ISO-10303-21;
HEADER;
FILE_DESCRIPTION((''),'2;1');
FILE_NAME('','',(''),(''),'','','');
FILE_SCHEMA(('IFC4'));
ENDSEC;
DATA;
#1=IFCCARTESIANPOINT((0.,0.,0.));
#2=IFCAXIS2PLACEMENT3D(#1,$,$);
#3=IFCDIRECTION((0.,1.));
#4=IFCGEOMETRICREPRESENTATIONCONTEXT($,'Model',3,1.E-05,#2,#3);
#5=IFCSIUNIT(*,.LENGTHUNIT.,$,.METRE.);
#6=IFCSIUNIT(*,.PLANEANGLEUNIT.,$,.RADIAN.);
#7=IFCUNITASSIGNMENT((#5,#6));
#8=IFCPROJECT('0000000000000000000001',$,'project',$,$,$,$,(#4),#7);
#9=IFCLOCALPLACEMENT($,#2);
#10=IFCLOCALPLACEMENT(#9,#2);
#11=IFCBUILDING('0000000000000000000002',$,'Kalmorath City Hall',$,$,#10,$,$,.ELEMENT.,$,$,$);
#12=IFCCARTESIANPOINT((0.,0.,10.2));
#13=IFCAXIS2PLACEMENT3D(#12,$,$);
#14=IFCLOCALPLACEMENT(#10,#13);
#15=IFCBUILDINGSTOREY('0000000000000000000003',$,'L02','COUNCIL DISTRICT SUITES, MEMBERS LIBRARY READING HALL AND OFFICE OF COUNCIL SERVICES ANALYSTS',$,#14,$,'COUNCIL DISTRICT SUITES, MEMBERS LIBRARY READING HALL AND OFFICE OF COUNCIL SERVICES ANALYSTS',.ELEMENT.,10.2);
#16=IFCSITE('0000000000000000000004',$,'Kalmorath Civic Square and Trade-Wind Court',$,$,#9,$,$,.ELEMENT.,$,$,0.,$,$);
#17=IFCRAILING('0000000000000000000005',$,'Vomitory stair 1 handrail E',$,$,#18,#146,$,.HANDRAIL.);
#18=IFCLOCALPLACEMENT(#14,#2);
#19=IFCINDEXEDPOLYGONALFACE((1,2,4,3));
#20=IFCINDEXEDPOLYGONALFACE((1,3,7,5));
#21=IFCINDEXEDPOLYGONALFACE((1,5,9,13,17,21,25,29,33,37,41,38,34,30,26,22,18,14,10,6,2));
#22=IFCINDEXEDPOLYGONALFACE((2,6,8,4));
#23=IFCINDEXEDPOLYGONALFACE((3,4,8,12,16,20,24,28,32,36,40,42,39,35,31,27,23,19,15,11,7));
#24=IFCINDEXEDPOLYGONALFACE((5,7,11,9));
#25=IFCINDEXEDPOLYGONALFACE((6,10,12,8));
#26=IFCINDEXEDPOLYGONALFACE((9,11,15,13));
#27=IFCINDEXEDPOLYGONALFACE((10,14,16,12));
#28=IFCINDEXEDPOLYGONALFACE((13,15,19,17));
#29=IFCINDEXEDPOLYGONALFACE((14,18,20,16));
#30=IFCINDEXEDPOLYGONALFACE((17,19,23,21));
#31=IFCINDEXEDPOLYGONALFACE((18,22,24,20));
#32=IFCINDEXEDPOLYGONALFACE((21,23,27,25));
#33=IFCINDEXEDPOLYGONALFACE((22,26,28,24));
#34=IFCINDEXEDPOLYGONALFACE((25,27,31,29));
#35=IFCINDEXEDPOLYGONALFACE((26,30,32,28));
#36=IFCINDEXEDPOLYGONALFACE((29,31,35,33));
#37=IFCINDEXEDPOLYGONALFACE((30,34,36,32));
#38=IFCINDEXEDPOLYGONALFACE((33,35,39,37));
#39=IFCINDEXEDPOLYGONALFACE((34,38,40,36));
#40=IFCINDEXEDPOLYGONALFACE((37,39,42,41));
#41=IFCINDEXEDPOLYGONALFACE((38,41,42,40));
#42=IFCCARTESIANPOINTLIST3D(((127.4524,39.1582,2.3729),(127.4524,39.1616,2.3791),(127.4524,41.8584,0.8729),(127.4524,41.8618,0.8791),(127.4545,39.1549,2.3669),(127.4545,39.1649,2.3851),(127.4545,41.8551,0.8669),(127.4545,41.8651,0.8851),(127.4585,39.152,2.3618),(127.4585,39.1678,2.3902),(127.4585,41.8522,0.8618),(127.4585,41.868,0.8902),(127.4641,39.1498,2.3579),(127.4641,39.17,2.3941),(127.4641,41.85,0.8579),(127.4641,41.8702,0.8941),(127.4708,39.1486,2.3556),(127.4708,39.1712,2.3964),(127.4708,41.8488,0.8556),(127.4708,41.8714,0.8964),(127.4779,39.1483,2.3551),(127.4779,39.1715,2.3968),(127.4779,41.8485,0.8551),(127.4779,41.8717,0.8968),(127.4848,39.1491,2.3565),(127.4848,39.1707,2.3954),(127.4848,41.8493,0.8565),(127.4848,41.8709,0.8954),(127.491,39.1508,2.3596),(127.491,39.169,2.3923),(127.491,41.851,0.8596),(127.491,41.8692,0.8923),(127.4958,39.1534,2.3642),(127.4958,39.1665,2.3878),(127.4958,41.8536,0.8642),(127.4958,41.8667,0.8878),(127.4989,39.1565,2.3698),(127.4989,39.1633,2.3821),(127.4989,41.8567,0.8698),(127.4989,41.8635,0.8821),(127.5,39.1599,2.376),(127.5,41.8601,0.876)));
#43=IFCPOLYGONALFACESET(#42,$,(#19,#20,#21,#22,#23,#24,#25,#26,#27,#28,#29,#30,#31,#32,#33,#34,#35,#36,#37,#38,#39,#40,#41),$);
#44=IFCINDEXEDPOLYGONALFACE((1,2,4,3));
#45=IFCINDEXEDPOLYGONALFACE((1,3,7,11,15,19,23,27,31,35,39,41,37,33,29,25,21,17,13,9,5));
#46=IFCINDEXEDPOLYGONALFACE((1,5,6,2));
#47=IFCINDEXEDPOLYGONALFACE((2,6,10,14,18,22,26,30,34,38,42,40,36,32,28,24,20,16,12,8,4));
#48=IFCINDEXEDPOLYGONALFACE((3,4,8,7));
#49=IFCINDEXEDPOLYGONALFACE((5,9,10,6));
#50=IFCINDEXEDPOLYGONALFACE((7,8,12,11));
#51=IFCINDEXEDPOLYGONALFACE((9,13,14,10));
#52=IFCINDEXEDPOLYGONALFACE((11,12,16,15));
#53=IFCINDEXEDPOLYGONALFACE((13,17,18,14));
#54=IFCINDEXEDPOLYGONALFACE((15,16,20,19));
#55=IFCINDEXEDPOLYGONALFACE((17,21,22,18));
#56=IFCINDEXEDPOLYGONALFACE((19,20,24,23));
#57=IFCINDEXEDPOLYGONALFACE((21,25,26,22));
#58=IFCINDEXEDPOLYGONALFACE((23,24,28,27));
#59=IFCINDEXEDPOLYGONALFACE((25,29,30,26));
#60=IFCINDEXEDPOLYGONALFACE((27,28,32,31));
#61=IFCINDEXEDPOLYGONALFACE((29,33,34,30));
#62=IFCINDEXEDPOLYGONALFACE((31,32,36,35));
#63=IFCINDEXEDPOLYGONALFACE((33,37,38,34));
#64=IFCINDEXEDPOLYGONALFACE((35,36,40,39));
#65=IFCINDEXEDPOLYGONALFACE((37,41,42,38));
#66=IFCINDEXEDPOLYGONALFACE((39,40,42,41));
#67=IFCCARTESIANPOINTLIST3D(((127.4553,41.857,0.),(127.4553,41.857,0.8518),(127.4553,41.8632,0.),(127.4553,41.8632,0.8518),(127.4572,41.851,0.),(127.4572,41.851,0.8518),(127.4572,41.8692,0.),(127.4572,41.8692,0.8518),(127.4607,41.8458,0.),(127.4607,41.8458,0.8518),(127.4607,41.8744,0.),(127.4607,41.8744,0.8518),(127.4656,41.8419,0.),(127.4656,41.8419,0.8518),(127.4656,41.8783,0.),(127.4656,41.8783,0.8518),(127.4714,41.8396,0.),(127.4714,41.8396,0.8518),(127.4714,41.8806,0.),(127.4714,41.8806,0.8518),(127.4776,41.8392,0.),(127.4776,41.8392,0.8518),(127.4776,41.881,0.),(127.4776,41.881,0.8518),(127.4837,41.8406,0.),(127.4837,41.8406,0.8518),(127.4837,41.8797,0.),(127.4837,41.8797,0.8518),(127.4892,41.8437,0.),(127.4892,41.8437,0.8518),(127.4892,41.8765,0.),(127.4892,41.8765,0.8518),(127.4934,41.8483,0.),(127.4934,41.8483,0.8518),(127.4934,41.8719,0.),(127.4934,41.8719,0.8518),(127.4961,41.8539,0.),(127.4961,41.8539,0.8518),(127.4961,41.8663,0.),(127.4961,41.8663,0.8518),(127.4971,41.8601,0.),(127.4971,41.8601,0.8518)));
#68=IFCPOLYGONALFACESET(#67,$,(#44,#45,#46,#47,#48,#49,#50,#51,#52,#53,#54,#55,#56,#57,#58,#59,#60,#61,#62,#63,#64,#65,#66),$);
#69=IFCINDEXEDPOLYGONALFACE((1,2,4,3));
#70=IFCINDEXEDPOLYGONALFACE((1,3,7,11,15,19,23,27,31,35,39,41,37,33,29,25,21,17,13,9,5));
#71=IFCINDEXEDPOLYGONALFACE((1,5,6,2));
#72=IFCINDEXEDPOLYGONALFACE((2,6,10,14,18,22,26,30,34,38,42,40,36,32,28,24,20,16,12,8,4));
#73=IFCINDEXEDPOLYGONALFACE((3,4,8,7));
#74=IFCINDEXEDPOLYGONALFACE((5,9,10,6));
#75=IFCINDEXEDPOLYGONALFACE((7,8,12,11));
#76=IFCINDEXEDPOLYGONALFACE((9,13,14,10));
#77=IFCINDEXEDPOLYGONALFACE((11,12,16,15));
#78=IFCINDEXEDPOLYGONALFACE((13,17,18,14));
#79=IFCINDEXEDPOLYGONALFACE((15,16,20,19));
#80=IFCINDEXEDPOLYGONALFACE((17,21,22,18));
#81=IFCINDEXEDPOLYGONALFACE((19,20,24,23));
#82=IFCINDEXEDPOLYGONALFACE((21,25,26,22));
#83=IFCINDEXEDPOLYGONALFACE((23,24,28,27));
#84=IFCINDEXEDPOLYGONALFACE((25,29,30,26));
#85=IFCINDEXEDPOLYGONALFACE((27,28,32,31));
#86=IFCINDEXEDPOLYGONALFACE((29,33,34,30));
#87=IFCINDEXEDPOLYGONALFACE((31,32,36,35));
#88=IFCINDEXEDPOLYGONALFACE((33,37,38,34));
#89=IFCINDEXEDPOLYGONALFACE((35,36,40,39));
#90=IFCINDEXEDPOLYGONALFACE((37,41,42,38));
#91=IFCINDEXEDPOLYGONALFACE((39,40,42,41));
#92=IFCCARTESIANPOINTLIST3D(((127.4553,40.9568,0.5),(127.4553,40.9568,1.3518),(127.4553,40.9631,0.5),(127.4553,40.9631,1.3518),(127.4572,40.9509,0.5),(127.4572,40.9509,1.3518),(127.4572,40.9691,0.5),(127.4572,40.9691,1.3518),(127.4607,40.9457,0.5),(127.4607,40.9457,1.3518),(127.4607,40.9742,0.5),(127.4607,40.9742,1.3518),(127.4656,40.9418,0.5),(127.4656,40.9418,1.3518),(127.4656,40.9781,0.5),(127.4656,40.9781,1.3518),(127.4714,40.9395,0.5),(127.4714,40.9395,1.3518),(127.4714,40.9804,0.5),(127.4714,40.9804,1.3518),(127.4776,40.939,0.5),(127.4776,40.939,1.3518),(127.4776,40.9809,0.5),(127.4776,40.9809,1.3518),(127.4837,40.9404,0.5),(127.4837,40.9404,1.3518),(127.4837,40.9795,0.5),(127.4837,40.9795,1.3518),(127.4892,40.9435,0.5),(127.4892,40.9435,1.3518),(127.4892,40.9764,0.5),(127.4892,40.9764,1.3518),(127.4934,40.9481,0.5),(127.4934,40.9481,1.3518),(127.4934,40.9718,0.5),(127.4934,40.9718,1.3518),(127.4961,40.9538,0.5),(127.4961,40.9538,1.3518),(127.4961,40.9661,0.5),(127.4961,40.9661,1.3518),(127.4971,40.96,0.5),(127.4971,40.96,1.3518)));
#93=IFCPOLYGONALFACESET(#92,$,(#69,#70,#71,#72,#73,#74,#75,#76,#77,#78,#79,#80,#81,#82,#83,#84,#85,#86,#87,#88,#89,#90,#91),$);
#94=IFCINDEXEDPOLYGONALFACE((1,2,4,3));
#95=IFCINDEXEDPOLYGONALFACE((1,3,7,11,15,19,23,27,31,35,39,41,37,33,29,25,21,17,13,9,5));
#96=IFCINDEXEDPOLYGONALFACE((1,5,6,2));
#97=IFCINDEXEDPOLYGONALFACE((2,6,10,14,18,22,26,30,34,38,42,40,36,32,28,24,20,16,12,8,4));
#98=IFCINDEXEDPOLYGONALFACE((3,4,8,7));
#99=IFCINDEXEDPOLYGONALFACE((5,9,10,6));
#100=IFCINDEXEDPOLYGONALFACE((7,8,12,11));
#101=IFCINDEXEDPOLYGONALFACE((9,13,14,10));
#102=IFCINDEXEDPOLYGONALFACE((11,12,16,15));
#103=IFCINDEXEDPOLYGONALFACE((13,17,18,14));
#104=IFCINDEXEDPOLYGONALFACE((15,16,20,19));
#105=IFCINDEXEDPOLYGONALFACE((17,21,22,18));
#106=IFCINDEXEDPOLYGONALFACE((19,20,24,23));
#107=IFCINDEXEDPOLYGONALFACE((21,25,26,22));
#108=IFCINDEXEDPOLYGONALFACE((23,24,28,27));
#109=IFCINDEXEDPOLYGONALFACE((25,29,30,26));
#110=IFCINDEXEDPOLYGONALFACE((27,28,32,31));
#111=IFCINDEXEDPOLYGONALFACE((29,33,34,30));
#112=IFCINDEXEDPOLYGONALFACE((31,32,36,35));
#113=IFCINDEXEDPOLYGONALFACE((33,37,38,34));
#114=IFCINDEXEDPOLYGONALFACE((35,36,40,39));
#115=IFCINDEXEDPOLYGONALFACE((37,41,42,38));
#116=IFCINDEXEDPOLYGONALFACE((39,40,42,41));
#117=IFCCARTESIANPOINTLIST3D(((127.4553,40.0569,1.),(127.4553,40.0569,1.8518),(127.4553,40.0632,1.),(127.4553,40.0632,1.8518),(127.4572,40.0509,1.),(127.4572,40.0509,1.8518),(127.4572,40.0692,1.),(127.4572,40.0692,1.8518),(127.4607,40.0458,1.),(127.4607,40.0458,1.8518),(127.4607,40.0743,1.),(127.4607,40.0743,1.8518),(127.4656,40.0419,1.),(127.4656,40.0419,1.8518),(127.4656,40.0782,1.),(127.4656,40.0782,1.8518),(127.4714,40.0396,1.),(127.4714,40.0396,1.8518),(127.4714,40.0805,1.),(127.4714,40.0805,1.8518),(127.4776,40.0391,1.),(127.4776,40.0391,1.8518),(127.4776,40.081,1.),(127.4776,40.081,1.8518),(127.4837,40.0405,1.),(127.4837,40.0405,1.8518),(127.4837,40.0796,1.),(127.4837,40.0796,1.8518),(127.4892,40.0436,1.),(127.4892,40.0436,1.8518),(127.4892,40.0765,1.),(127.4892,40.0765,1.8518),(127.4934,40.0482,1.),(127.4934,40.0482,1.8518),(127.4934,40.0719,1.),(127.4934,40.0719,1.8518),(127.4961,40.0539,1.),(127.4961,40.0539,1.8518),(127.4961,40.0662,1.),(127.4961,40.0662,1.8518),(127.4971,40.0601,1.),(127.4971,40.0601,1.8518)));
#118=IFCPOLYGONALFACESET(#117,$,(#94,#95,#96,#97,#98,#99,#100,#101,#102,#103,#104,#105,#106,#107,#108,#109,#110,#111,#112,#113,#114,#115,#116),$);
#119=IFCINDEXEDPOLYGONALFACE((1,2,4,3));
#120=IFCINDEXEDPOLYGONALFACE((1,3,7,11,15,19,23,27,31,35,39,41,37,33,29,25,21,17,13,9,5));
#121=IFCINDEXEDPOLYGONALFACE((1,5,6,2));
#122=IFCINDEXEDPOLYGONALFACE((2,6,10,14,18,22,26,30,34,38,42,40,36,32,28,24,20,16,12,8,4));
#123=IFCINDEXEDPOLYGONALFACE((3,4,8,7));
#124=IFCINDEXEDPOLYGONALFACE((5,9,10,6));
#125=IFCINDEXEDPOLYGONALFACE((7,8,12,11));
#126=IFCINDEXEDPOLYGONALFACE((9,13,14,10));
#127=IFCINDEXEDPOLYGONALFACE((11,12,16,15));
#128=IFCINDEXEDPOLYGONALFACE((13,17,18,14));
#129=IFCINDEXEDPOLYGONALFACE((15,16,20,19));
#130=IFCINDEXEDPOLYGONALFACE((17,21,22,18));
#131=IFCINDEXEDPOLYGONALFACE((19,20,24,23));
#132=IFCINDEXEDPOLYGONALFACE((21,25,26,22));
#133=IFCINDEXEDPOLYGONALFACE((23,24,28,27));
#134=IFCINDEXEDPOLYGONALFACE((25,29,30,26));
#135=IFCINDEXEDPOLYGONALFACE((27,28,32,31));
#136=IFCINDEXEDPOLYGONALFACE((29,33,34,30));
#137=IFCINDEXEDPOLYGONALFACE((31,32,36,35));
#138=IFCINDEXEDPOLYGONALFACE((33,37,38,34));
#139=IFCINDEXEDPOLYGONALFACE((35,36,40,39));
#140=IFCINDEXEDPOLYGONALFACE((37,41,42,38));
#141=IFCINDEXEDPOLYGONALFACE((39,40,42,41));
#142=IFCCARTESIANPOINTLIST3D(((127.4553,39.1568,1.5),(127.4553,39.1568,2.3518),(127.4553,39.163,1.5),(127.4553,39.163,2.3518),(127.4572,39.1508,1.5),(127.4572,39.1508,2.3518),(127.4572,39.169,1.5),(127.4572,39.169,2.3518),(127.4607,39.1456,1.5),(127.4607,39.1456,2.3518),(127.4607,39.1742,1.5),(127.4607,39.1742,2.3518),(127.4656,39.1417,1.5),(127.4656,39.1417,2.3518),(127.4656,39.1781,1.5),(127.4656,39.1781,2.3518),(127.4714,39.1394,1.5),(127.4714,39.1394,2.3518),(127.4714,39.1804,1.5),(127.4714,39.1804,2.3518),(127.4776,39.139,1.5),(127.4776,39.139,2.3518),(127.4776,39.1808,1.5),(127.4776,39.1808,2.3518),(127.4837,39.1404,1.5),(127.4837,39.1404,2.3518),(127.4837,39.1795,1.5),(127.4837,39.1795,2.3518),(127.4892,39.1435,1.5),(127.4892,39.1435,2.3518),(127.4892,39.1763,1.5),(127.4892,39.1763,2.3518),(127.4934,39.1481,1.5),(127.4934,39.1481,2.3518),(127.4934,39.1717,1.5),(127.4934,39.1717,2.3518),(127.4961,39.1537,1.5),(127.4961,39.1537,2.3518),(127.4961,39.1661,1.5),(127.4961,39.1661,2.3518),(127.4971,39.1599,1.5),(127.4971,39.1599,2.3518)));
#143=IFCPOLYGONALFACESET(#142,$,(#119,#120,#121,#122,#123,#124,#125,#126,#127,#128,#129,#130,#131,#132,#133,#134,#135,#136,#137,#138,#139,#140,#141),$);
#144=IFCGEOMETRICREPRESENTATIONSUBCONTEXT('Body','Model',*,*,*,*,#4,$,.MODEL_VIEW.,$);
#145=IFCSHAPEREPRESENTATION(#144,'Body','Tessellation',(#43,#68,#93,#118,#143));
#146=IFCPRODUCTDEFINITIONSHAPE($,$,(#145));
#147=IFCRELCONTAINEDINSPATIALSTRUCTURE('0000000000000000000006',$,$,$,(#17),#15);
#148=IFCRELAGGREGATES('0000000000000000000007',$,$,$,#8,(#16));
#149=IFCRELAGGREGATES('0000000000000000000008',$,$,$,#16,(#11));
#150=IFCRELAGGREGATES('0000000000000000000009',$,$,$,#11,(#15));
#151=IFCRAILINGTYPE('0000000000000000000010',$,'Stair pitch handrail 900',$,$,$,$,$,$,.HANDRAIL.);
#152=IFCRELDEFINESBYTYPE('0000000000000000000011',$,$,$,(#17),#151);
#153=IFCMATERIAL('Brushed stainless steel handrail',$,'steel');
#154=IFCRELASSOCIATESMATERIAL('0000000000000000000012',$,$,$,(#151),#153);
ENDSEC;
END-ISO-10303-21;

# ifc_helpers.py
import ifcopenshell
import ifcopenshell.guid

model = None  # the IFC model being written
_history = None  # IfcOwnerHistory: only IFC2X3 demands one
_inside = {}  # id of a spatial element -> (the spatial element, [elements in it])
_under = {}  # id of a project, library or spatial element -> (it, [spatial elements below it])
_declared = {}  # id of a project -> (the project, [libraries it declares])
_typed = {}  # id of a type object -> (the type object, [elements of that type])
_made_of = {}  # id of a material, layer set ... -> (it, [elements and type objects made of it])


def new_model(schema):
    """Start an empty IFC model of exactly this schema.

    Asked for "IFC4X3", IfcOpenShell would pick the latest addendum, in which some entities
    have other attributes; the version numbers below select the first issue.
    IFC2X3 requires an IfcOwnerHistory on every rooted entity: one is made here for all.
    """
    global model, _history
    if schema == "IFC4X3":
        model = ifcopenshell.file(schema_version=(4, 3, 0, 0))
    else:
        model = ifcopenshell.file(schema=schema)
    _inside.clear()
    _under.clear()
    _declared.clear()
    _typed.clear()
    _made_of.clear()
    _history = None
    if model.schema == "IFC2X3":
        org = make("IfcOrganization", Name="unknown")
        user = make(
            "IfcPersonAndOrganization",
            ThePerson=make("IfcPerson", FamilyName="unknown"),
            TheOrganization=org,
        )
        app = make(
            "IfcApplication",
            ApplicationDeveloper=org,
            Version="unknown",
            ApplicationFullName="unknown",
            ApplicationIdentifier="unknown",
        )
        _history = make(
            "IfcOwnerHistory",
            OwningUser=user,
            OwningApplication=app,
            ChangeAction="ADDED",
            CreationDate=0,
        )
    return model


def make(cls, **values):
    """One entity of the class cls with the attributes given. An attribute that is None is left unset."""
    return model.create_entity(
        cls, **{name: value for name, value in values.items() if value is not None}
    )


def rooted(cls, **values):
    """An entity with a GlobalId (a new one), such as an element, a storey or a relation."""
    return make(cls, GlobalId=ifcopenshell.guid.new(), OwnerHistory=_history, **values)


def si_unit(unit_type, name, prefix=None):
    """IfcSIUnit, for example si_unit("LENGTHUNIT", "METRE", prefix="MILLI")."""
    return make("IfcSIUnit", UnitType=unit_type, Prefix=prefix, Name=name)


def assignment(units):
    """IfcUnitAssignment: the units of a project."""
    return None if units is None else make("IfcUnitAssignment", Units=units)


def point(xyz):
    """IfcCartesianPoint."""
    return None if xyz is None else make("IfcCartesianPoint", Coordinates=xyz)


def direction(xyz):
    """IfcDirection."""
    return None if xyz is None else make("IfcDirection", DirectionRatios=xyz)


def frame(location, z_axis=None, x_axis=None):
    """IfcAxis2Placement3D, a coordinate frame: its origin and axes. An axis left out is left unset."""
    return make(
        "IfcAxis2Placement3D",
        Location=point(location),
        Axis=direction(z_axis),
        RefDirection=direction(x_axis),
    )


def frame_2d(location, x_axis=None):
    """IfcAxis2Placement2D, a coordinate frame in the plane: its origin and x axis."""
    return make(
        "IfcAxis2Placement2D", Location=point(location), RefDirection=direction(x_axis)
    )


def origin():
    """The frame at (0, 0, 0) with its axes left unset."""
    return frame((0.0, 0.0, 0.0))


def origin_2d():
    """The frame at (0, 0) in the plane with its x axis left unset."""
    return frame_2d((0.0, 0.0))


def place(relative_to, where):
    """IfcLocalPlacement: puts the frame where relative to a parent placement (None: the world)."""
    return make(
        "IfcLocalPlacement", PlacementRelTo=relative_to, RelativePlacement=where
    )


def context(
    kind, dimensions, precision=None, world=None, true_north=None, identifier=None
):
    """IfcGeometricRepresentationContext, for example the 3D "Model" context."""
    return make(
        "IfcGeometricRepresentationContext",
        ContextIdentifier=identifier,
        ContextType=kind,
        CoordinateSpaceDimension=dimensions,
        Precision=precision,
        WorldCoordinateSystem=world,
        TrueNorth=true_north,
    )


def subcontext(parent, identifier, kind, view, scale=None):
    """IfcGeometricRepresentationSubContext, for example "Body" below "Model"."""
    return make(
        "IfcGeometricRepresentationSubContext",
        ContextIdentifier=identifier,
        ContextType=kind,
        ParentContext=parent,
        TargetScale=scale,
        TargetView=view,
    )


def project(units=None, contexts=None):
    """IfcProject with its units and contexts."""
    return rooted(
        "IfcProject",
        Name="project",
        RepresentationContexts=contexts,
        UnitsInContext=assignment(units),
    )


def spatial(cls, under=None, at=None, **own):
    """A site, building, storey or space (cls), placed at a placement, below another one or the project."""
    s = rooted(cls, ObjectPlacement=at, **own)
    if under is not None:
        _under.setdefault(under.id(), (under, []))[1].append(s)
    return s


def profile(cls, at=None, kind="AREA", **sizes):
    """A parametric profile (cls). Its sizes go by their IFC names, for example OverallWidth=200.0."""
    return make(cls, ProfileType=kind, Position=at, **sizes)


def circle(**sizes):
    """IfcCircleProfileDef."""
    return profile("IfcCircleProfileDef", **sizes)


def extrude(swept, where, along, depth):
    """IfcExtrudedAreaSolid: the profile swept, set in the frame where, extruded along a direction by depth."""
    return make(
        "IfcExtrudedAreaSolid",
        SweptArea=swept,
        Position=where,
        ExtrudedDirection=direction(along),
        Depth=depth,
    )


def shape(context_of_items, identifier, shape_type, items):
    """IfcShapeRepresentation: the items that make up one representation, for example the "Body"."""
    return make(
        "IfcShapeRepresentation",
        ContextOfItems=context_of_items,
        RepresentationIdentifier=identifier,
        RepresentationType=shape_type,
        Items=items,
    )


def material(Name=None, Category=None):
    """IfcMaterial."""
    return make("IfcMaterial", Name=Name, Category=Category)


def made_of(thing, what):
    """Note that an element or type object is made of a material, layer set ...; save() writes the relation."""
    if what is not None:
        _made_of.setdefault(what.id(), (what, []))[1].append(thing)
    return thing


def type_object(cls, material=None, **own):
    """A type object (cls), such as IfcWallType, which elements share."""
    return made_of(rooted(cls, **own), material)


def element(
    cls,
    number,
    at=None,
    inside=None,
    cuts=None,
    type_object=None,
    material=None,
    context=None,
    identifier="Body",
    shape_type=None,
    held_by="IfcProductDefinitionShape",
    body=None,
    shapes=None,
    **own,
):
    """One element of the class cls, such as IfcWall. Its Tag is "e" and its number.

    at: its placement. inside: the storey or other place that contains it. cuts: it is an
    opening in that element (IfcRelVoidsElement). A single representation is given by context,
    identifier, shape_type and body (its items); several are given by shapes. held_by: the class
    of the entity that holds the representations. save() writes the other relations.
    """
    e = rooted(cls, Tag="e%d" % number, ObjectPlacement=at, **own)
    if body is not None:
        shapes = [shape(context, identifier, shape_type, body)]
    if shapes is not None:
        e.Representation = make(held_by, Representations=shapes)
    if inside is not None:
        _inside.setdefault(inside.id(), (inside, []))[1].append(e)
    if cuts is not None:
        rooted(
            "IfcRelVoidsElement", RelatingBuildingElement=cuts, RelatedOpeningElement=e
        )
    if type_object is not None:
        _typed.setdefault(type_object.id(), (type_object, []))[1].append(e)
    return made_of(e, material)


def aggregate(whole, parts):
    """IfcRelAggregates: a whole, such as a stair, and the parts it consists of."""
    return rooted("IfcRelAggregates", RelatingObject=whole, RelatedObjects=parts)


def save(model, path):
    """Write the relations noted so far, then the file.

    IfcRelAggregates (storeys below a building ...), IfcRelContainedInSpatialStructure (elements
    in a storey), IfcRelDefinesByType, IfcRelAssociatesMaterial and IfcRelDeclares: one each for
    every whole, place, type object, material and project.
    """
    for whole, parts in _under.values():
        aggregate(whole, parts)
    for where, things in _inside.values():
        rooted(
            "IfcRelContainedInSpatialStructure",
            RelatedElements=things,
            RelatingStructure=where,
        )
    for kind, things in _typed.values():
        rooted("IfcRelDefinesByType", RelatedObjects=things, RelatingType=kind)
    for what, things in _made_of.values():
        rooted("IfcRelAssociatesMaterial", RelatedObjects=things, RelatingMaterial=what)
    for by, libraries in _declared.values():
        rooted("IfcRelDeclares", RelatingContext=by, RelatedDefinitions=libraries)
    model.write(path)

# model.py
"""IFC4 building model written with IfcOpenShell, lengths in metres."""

from ifc_helpers import new_model, si_unit, direction, frame, origin, origin_2d, place, context, subcontext, project, spatial, circle, extrude, material, type_object, element, save


model = new_model("IFC4")

# Units and contexts
model_context = context("Model", 3, precision=1e-05, world=origin(), true_north=direction((0.0, 1.0)))
body_context = subcontext(model_context, "Body", "Model", "MODEL_VIEW")
ifc_project = project(units=[si_unit("LENGTHUNIT", "METRE"), si_unit("PLANEANGLEUNIT", "RADIAN")], contexts=[model_context])

# Site, building, storey
site_placement = place(None, origin())
site = spatial("IfcSite", under=ifc_project, at=site_placement, Name="Kalmorath Civic Square and Trade-Wind Court", CompositionType="ELEMENT", RefElevation=0.0)
building_placement = place(site_placement, origin())
building = spatial("IfcBuilding", under=site, at=building_placement, Name="Kalmorath City Hall", CompositionType="ELEMENT")
storey_placement = place(building_placement, frame((0.0, 0.0, 10.2)))
storey = spatial("IfcBuildingStorey", under=building, at=storey_placement, Name="L02", Description="COUNCIL DISTRICT SUITES, MEMBERS LIBRARY READING HALL AND OFFICE OF COUNCIL SERVICES ANALYSTS", LongName="COUNCIL DISTRICT SUITES, MEMBERS LIBRARY READING HALL AND OFFICE OF COUNCIL SERVICES ANALYSTS", CompositionType="ELEMENT", Elevation=10.2)

# Railing
ifc_material_1 = material(Name="Brushed stainless steel handrail", Category="steel")
railing_type_1 = type_object("IfcRailingType", Name="Stair pitch handrail 900", PredefinedType="HANDRAIL", material=ifc_material_1)
railing_1_placement = place(storey_placement, frame((127.4761, 41.8601, 0.0)))
element("IfcRailing", 1, at=railing_1_placement, inside=storey, type_object=railing_type_1, Name="Vomitory stair 1 handrail E", PredefinedType="HANDRAIL", context=body_context, shape_type="SweptSolid", body=[
    extrude(circle(Radius=0.0239, at=origin_2d()), frame((0.0, 0.0, 0.876), z_axis=(0.0, -0.874172, 0.485616), x_axis=(1.0, 0.0, 0.0)), (0.0, 0.0, 1.0), 3.0889),
    extrude(circle(Radius=0.021, at=origin_2d()), origin(), (0.0, 0.0, 1.0), 0.8518),
    extrude(circle(Radius=0.021, at=origin_2d()), frame((0.0, -0.9001, 0.5)), (0.0, 0.0, 1.0), 0.8518),
    extrude(circle(Radius=0.021, at=origin_2d()), frame((0.0, -1.8, 1.0)), (0.0, 0.0, 1.0), 0.8518),
    extrude(circle(Radius=0.021, at=origin_2d()), frame((0.0, -2.7002, 1.5)), (0.0, 0.0, 1.0), 0.8518),
])

save(model, "model.ifc")
